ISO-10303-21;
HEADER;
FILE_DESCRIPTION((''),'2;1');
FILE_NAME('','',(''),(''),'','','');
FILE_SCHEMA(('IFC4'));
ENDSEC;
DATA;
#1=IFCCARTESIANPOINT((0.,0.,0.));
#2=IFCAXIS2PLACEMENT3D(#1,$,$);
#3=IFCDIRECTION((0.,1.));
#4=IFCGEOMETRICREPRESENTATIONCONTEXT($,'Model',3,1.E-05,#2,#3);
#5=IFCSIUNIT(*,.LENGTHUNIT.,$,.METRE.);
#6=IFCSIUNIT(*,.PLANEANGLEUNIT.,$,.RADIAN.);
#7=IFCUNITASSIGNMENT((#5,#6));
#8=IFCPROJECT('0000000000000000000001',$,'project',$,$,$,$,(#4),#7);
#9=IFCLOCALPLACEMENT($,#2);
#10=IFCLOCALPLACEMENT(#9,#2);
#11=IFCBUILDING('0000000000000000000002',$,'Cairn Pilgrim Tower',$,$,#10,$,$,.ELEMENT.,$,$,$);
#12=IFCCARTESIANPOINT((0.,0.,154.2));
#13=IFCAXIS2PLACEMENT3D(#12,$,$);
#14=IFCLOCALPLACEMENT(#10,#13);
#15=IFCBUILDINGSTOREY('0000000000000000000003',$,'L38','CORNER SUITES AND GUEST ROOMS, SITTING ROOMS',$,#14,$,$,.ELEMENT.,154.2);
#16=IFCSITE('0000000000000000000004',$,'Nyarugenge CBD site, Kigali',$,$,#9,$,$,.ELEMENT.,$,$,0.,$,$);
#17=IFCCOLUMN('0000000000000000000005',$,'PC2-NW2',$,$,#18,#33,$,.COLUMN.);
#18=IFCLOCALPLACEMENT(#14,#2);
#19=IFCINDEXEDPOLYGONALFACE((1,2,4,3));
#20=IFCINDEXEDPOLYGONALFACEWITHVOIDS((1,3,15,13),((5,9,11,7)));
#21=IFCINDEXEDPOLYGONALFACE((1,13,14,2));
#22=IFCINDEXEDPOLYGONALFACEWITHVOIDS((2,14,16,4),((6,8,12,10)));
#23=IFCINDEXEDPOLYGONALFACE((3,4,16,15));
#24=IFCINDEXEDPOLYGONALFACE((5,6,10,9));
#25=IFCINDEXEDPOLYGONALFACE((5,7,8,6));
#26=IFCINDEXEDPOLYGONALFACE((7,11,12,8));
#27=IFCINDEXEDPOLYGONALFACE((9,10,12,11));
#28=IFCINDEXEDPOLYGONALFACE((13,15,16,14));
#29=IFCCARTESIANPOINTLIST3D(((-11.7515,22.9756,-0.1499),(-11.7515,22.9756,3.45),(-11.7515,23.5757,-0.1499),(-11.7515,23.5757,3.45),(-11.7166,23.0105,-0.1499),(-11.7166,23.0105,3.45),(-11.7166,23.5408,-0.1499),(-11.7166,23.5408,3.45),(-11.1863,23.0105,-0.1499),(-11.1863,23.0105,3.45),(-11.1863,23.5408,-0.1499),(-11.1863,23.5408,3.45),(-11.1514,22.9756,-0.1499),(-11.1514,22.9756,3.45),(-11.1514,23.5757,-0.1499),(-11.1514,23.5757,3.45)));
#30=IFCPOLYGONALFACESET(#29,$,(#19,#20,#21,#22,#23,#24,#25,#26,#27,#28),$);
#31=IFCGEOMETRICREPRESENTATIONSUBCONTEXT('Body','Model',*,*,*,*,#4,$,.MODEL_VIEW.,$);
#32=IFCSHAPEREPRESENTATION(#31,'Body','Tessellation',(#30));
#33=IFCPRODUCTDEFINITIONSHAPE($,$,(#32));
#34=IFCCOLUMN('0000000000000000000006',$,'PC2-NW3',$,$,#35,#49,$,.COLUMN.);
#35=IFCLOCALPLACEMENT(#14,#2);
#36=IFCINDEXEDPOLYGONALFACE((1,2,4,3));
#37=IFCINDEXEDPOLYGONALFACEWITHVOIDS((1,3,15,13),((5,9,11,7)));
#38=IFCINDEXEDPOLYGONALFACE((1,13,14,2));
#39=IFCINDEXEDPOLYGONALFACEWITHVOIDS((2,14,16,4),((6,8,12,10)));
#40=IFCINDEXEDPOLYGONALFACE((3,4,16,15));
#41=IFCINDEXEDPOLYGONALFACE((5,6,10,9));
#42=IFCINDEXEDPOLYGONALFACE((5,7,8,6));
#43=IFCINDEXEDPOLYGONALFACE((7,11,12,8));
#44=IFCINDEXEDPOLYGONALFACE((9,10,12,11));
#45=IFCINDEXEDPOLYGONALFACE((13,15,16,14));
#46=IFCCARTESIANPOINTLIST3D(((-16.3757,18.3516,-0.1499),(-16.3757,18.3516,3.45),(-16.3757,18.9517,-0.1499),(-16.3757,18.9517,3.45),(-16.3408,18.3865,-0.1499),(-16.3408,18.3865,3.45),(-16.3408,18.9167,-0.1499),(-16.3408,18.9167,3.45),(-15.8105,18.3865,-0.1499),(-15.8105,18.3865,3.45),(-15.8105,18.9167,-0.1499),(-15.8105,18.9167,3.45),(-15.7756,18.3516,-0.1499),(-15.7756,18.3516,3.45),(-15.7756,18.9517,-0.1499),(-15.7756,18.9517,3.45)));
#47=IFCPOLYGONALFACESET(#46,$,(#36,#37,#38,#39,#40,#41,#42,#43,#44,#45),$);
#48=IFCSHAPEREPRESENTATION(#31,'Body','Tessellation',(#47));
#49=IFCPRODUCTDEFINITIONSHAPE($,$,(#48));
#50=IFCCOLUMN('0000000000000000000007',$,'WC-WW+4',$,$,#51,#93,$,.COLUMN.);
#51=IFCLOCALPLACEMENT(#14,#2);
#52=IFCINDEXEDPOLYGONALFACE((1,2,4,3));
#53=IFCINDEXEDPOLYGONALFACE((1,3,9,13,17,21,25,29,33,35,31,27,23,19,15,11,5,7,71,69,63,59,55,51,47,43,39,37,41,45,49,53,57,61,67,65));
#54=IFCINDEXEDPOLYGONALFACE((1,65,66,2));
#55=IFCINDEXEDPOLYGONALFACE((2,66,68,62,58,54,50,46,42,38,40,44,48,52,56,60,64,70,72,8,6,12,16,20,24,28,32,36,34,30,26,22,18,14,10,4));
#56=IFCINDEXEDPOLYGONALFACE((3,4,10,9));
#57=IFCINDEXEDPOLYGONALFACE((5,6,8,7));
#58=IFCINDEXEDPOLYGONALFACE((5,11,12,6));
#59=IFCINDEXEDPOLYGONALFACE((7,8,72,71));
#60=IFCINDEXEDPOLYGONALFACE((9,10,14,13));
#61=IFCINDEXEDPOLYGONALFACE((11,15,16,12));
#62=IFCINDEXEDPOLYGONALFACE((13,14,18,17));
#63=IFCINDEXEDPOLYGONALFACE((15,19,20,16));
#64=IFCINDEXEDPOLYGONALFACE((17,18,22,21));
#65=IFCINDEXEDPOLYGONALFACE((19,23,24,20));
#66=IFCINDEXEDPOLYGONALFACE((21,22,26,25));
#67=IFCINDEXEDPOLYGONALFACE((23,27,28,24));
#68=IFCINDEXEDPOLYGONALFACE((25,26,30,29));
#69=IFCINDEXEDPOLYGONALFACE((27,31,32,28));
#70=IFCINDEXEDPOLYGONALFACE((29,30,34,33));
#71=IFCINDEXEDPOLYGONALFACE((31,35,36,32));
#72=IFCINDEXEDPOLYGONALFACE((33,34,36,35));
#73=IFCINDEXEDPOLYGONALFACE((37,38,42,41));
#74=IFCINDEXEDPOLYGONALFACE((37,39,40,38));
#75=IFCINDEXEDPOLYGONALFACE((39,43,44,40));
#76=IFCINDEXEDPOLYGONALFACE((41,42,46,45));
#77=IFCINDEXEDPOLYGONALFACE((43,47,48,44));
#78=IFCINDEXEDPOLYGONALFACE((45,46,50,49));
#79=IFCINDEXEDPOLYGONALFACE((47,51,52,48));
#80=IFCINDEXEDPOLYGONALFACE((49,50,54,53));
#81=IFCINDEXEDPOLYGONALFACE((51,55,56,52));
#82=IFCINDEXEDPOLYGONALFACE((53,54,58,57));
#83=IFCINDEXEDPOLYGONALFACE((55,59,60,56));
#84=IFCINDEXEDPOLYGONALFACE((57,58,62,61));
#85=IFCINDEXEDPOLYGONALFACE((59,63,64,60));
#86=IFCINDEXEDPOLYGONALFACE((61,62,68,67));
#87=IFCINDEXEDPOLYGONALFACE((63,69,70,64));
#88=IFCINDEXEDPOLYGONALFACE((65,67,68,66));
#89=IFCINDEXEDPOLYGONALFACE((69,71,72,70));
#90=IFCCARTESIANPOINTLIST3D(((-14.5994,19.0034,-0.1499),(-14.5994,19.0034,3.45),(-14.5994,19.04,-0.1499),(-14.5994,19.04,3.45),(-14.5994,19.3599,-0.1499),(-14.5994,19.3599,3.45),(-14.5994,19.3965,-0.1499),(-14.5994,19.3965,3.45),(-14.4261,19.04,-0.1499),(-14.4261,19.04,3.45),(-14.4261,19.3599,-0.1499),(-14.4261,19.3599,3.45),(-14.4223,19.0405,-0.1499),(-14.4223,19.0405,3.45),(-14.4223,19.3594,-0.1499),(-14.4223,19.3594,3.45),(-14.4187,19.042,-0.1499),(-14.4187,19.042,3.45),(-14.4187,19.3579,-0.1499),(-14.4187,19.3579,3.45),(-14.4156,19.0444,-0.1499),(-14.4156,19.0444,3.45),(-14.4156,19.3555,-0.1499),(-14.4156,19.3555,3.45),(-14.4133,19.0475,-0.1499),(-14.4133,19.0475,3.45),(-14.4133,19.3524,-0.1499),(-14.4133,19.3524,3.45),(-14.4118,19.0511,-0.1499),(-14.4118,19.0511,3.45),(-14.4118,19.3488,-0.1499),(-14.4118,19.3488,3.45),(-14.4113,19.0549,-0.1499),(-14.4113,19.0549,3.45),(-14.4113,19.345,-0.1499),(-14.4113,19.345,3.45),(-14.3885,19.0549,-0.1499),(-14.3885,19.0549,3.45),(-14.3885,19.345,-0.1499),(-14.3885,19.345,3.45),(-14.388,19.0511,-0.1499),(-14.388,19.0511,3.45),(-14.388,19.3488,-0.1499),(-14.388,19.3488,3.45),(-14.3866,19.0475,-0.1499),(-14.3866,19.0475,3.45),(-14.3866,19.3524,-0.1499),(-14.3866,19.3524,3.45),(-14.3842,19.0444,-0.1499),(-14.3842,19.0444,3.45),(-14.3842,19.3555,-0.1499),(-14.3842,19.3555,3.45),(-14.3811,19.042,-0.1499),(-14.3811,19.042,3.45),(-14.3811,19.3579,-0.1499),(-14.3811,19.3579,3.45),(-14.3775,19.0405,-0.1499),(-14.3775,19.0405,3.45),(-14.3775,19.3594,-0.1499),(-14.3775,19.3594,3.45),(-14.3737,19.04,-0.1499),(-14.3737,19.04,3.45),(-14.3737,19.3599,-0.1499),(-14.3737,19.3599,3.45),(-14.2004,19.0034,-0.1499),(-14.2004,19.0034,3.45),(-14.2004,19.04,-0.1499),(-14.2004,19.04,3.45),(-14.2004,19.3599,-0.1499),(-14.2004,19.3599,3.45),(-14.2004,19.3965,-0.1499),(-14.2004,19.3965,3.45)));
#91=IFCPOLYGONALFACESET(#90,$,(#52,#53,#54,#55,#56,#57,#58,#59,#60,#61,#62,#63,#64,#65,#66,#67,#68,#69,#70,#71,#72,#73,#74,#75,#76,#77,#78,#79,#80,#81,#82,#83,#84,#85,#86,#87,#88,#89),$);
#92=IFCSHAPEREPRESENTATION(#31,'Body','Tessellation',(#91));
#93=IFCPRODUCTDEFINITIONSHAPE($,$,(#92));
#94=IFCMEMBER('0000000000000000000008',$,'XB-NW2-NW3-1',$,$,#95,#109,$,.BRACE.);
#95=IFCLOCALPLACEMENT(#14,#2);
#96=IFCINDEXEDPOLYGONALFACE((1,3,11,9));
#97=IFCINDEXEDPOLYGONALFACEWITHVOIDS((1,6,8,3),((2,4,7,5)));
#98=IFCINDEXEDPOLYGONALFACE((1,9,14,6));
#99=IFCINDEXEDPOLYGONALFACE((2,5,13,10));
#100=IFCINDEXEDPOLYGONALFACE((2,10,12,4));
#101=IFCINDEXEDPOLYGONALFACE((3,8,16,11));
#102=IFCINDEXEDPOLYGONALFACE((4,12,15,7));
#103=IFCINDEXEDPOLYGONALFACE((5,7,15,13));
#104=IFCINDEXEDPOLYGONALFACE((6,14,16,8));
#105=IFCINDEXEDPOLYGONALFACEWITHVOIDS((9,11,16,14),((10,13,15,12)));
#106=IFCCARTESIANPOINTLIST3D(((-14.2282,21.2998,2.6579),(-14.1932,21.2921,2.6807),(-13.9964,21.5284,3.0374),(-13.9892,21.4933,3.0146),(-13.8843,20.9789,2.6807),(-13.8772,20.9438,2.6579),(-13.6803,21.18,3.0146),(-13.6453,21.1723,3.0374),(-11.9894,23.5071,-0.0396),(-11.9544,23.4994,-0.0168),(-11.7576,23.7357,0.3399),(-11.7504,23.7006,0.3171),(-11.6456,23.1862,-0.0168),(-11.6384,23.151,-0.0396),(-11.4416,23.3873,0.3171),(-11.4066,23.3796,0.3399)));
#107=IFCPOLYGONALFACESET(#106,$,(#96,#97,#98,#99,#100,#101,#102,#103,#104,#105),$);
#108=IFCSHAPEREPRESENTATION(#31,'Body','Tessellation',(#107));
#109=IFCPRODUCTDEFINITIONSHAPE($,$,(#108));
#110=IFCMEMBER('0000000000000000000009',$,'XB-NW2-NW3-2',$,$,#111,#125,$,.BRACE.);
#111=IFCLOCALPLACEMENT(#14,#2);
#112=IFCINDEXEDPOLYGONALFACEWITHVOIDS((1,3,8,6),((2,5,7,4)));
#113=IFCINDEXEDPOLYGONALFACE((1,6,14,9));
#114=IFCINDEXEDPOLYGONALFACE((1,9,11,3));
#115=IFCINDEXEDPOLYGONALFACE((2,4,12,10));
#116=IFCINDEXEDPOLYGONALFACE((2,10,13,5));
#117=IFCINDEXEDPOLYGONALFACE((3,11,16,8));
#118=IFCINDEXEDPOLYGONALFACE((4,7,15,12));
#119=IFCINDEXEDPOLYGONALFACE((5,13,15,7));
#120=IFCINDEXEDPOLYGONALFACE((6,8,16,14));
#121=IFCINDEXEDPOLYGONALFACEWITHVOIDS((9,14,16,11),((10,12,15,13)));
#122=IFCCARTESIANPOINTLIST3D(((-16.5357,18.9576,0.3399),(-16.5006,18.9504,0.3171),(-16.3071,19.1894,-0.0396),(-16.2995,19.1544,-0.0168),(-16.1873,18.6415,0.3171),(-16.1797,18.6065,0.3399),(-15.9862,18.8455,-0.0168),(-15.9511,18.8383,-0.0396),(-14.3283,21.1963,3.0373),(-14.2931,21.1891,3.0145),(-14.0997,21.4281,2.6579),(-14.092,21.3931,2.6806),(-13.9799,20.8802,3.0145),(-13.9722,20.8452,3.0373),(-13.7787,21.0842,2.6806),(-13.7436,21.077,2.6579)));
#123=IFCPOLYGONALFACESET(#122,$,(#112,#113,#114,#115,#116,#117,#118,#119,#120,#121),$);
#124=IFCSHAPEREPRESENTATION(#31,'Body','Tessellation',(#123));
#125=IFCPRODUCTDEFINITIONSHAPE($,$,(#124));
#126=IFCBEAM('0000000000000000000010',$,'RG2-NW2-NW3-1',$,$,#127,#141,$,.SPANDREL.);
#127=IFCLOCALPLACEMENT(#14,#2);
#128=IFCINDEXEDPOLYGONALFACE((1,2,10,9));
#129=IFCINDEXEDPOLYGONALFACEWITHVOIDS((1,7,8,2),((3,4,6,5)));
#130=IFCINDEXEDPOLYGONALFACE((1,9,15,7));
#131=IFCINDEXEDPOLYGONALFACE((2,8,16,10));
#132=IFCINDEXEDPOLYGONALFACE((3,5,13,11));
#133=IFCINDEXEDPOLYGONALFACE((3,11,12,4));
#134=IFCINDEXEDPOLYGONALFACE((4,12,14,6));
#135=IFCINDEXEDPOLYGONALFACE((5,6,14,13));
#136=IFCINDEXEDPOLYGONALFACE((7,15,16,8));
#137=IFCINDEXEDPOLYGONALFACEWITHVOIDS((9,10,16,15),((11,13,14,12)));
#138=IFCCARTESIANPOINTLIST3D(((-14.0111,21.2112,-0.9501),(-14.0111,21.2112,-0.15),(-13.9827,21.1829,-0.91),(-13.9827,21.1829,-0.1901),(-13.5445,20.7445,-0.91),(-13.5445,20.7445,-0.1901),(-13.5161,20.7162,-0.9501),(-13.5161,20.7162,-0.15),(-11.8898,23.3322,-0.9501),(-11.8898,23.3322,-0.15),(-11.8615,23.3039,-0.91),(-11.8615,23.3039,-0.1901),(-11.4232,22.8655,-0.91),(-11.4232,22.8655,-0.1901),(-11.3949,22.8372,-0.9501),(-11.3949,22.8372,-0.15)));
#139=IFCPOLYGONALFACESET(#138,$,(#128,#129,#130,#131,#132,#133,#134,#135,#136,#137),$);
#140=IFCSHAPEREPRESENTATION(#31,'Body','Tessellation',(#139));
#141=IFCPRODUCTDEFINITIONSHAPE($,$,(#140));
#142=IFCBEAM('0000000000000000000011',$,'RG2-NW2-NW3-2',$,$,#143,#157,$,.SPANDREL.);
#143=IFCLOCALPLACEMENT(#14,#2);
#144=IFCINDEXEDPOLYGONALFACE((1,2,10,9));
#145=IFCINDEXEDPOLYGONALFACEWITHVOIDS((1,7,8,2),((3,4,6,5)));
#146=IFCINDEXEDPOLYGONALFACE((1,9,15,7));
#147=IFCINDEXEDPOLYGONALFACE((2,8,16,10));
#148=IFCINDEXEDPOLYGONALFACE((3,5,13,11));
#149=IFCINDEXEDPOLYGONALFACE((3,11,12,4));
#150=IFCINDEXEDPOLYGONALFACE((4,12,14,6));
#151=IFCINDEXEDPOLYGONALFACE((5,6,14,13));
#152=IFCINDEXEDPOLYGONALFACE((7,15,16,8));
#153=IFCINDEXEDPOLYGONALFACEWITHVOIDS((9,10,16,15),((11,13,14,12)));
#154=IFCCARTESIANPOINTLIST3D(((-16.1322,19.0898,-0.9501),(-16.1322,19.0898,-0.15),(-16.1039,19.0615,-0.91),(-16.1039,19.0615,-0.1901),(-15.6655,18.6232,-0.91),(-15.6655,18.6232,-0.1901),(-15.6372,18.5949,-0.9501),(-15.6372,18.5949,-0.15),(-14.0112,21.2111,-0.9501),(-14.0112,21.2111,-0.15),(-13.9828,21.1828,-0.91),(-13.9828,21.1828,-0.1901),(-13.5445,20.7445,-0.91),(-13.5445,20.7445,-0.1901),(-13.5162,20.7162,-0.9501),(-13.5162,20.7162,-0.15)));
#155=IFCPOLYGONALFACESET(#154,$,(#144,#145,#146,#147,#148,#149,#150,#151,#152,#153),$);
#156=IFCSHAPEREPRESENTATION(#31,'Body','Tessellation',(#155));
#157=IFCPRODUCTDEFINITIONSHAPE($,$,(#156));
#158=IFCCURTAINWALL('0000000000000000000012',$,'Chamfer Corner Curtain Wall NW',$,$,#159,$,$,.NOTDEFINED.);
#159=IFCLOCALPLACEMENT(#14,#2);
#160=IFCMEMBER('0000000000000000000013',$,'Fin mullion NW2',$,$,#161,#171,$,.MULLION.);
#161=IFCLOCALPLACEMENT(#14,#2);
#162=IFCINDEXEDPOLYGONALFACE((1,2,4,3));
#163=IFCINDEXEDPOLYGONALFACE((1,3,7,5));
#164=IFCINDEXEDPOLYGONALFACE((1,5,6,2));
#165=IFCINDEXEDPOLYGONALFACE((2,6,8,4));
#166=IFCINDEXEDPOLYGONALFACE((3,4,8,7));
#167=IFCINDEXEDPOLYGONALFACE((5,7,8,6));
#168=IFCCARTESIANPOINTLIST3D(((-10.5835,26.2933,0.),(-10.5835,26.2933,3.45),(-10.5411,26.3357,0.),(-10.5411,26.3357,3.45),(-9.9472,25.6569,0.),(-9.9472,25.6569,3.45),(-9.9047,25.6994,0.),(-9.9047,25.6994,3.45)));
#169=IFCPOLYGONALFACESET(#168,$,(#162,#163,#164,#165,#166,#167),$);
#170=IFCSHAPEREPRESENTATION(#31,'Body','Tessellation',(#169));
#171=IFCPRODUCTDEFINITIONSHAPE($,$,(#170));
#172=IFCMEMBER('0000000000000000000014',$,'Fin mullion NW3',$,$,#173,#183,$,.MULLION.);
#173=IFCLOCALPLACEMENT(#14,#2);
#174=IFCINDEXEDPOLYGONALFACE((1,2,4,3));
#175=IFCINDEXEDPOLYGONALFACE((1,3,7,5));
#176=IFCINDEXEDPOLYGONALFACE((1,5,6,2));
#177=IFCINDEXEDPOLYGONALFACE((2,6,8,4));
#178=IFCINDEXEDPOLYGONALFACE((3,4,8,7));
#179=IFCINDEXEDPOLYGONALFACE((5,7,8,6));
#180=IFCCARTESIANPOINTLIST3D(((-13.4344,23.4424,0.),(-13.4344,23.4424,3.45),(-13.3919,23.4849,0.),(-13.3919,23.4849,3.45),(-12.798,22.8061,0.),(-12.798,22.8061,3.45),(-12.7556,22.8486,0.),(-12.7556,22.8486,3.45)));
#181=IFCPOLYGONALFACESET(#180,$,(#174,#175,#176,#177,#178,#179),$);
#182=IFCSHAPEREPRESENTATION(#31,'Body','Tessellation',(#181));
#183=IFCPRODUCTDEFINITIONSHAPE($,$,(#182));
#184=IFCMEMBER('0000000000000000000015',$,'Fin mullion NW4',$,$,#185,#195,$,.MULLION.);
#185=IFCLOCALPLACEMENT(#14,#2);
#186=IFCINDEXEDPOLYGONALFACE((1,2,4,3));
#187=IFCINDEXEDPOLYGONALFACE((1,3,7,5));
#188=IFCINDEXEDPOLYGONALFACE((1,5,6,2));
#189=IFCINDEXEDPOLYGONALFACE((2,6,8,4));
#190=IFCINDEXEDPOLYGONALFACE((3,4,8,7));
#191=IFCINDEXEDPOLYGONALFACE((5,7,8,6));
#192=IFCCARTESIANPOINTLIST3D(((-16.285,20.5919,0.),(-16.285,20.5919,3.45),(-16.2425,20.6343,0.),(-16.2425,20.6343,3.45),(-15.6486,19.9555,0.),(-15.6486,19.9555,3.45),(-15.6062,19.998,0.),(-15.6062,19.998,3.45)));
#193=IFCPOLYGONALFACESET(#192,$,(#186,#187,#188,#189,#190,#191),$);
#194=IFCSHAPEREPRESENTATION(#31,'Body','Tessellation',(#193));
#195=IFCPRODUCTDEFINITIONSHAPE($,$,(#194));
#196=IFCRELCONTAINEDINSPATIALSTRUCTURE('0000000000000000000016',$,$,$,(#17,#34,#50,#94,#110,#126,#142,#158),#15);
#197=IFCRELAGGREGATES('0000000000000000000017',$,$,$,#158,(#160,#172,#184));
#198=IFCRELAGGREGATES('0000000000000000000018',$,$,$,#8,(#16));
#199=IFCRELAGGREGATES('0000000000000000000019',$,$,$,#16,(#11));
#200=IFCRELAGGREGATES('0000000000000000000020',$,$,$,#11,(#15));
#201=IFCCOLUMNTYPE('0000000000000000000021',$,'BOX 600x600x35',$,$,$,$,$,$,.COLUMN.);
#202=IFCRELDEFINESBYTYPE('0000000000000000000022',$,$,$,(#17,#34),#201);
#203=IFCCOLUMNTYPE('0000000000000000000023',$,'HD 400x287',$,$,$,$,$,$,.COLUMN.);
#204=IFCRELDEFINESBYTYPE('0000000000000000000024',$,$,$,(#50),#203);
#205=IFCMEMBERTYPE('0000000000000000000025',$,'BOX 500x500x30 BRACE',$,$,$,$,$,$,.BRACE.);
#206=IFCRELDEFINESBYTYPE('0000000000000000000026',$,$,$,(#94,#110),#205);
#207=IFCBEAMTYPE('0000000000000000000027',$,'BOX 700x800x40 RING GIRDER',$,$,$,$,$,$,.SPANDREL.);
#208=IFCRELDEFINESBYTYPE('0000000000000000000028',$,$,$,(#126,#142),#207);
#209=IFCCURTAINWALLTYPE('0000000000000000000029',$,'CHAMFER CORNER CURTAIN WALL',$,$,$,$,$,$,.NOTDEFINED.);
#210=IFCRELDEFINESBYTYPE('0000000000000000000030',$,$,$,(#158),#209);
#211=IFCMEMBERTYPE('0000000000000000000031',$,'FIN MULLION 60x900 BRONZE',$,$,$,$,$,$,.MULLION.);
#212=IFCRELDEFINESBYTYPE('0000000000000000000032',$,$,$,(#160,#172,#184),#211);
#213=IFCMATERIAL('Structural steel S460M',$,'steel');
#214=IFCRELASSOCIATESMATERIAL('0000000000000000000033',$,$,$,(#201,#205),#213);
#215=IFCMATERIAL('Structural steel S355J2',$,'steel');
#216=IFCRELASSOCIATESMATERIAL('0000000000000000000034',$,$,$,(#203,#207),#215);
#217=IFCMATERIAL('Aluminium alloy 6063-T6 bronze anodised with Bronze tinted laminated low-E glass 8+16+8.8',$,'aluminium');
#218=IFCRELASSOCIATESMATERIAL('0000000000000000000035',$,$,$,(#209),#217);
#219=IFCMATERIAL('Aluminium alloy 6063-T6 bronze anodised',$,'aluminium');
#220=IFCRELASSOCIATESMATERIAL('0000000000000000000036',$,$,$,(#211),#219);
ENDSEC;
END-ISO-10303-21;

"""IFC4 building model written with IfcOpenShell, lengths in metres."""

from ifc_helpers import new_model, si_unit, direction, frame, origin, origin_2d, place, context, subcontext, project, spatial, rectangle, hollow_rectangle, i_section, extrude, material, material_profile, profile_set, type_object, element, aggregate, save


model = new_model("IFC4")

# Units and contexts
model_context = context("Model", 3, precision=1e-05, world=origin(), true_north=direction((0.0, 1.0)))
body_context = subcontext(model_context, "Body", "Model", "MODEL_VIEW")
ifc_project = project(units=[si_unit("LENGTHUNIT", "METRE"), si_unit("PLANEANGLEUNIT", "RADIAN")], contexts=[model_context])

# Site, building, storey
site_placement = place(None, origin())
site = spatial("IfcSite", under=ifc_project, at=site_placement, Name="Nyarugenge CBD site, Kigali", CompositionType="ELEMENT", RefElevation=0.0)
building_placement = place(site_placement, origin())
building = spatial("IfcBuilding", under=site, at=building_placement, Name="Cairn Pilgrim Tower", CompositionType="ELEMENT")
storey_placement = place(building_placement, frame((0.0, 0.0, 154.2)))
storey = spatial("IfcBuildingStorey", under=building, at=storey_placement, Name="L38", Description="CORNER SUITES AND GUEST ROOMS, SITTING ROOMS", CompositionType="ELEMENT", Elevation=154.2)

# Columns
ifc_material_1 = material(Name="Structural steel S460M", Category="steel")
ifc_material_profile_1 = material_profile(ifc_material_1, hollow_rectangle(XDim=0.6001, YDim=0.6001, WallThickness=0.0349, at=origin_2d()), Name="BOX 600x600x35")
ifc_profile_set_1 = profile_set([ifc_material_profile_1], Name="Structural steel S460M")
column_type_1 = type_object("IfcColumnType", Name="BOX 600x600x35", PredefinedType="COLUMN", material=ifc_profile_set_1)
for number, where, z_axis, x_axis, name in (
    (1, (-11.4514, 23.2756, -0.1499), (0.0, 0.0, 1.0), (1.0, 0.0, 0.0), "PC2-NW2"),
    (2, (-16.0757, 18.6516, -0.1499), (0.0, 0.0, 1.0), (1.0, 0.0, 0.0), "PC2-NW3"),
):
    element("IfcColumn", number, at=place(storey_placement, frame(where, z_axis=z_axis, x_axis=x_axis)), inside=storey, type_object=column_type_1, Name=name, PredefinedType="COLUMN", context=body_context, shape_type="SweptSolid", body=[
        extrude(hollow_rectangle(XDim=0.6001, YDim=0.6001, WallThickness=0.0349, at=origin_2d()), origin(), (0.0, 0.0, 1.0), 3.5999),
    ])
ifc_material_2 = material(Name="Structural steel S355J2", Category="steel")
ifc_material_profile_2 = material_profile(ifc_material_2, i_section(OverallWidth=0.3989, OverallDepth=0.3931, WebThickness=0.0227, FlangeThickness=0.0366, FilletRadius=0.0149, at=origin_2d()), Name="HD 400x287")
ifc_profile_set_2 = profile_set([ifc_material_profile_2], Name="Structural steel S355J2")
column_type_2 = type_object("IfcColumnType", Name="HD 400x287", PredefinedType="COLUMN", material=ifc_profile_set_2)
column_placement = place(storey_placement, frame((-14.3999, 19.2, -0.1499), z_axis=(0.0, 0.0, 1.0), x_axis=(1.0, 0.0, 0.0)))
element("IfcColumn", 3, at=column_placement, inside=storey, type_object=column_type_2, Name="WC-WW+4", PredefinedType="COLUMN", context=body_context, shape_type="SweptSolid", body=[
    extrude(i_section(OverallWidth=0.3989, OverallDepth=0.3931, WebThickness=0.0227, FlangeThickness=0.0366, FilletRadius=0.0149, at=origin_2d()), origin(), (0.0, 0.0, 1.0), 3.5999),
])

# Members
ifc_material_profile_3 = material_profile(ifc_material_1, hollow_rectangle(XDim=0.5, YDim=0.5, WallThickness=0.03, at=origin_2d()), Name="BOX 500x500x30")
ifc_profile_set_3 = profile_set([ifc_material_profile_3], Name="Structural steel S460M")
member_type_1 = type_object("IfcMemberType", Name="BOX 500x500x30 BRACE", PredefinedType="BRACE", material=ifc_profile_set_3)
for number, where, z_axis, x_axis, name in (
    (4, (-11.698, 23.4434, 0.1501), (-0.540433, -0.53283, 0.651171), (0.70208, -0.712098, 0.0), "XB-NW2-NW3-1"),
    (5, (-16.2434, 18.8979, 0.1501), (0.532872, 0.540416, 0.651151), (-0.712059, 0.70212, 0.0), "XB-NW2-NW3-2"),
):
    element("IfcMember", number, at=place(storey_placement, frame(where, z_axis=z_axis, x_axis=x_axis)), inside=storey, type_object=member_type_1, Name=name, PredefinedType="BRACE", context=body_context, shape_type="SweptSolid", body=[
        extrude(hollow_rectangle(XDim=0.5, YDim=0.5, WallThickness=0.03, at=origin_2d()), origin(), (0.0, 0.0, 1.0), 4.1426),
    ])

# Beams
ifc_material_profile_4 = material_profile(ifc_material_2, hollow_rectangle(XDim=0.7, YDim=0.8, WallThickness=0.04, at=origin_2d()), Name="BOX 700x800x40")
ifc_profile_set_4 = profile_set([ifc_material_profile_4], Name="Structural steel S355J2")
beam_type_1 = type_object("IfcBeamType", Name="BOX 700x800x40 RING GIRDER", PredefinedType="SPANDREL", material=ifc_profile_set_4)
for number, where, z_axis, x_axis, name in (
    (6, (-11.6423, 23.0847, -0.55), (-0.707147, -0.707066, 0.0), (0.707066, -0.707147, 0.0), "RG2-NW2-NW3-1"),
    (7, (-13.7637, 20.9636, -0.55), (-0.707066, -0.707147, 0.0), (0.707147, -0.707066, 0.0), "RG2-NW2-NW3-2"),
):
    element("IfcBeam", number, at=place(storey_placement, frame(where, z_axis=z_axis, x_axis=x_axis)), inside=storey, type_object=beam_type_1, Name=name, PredefinedType="SPANDREL", context=body_context, shape_type="SweptSolid", body=[
        extrude(hollow_rectangle(XDim=0.7, YDim=0.8, WallThickness=0.04, at=origin_2d()), origin(), (0.0, 0.0, 1.0), 2.9998),
    ])

# Curtain wall, members
ifc_material_3 = material(Name="Aluminium alloy 6063-T6 bronze anodised with Bronze tinted laminated low-E glass 8+16+8.8", Category="aluminium")
curtain_wall_type_1 = type_object("IfcCurtainWallType", Name="CHAMFER CORNER CURTAIN WALL", PredefinedType="NOTDEFINED", material=ifc_material_3)
curtain_wall_1_placement = place(storey_placement, origin())
curtain_wall_1 = element("IfcCurtainWall", 8, at=curtain_wall_1_placement, inside=storey, type_object=curtain_wall_type_1, Name="Chamfer Corner Curtain Wall NW", PredefinedType="NOTDEFINED")
ifc_material_4 = material(Name="Aluminium alloy 6063-T6 bronze anodised", Category="aluminium")
ifc_material_profile_5 = material_profile(ifc_material_4, rectangle(XDim=0.8999, YDim=0.0601, at=origin_2d()), Name="FIN MULLION 60x900 BRONZE")
ifc_profile_set_5 = profile_set([ifc_material_profile_5], Name="Aluminium alloy 6063-T6 bronze anodised")
member_type_2 = type_object("IfcMemberType", Name="FIN MULLION 60x900 BRONZE", PredefinedType="MULLION", material=ifc_profile_set_5)
member_1_placement = place(storey_placement, frame((-10.2441, 25.9963, 0.0), z_axis=(0.0, 0.0, 1.0), x_axis=(-0.707107, 0.707107, 0.0)))
member_1 = element("IfcMember", 9, at=member_1_placement, type_object=member_type_2, Name="Fin mullion NW2", PredefinedType="MULLION", context=body_context, shape_type="SweptSolid", body=[
    extrude(rectangle(XDim=0.8999, YDim=0.0601, at=origin_2d()), origin(), (0.0, 0.0, 1.0), 3.45),
])
member_2_placement = place(storey_placement, frame((-13.095, 23.1455, 0.0), z_axis=(0.0, 0.0, 1.0), x_axis=(-0.707107, 0.707107, 0.0)))
member_2 = element("IfcMember", 10, at=member_2_placement, type_object=member_type_2, Name="Fin mullion NW3", PredefinedType="MULLION", context=body_context, shape_type="SweptSolid", body=[
    extrude(rectangle(XDim=0.8999, YDim=0.0601, at=origin_2d()), origin(), (0.0, 0.0, 1.0), 3.45),
])
member_3_placement = place(storey_placement, frame((-15.9456, 20.2949, 0.0), z_axis=(0.0, 0.0, 1.0), x_axis=(-0.707107, 0.707107, 0.0)))
member_3 = element("IfcMember", 11, at=member_3_placement, type_object=member_type_2, Name="Fin mullion NW4", PredefinedType="MULLION", context=body_context, shape_type="SweptSolid", body=[
    extrude(rectangle(XDim=0.8999, YDim=0.0601, at=origin_2d()), origin(), (0.0, 0.0, 1.0), 3.45),
])

aggregate(curtain_wall_1, [member_1, member_2, member_3])

save(model, "model.ifc")
